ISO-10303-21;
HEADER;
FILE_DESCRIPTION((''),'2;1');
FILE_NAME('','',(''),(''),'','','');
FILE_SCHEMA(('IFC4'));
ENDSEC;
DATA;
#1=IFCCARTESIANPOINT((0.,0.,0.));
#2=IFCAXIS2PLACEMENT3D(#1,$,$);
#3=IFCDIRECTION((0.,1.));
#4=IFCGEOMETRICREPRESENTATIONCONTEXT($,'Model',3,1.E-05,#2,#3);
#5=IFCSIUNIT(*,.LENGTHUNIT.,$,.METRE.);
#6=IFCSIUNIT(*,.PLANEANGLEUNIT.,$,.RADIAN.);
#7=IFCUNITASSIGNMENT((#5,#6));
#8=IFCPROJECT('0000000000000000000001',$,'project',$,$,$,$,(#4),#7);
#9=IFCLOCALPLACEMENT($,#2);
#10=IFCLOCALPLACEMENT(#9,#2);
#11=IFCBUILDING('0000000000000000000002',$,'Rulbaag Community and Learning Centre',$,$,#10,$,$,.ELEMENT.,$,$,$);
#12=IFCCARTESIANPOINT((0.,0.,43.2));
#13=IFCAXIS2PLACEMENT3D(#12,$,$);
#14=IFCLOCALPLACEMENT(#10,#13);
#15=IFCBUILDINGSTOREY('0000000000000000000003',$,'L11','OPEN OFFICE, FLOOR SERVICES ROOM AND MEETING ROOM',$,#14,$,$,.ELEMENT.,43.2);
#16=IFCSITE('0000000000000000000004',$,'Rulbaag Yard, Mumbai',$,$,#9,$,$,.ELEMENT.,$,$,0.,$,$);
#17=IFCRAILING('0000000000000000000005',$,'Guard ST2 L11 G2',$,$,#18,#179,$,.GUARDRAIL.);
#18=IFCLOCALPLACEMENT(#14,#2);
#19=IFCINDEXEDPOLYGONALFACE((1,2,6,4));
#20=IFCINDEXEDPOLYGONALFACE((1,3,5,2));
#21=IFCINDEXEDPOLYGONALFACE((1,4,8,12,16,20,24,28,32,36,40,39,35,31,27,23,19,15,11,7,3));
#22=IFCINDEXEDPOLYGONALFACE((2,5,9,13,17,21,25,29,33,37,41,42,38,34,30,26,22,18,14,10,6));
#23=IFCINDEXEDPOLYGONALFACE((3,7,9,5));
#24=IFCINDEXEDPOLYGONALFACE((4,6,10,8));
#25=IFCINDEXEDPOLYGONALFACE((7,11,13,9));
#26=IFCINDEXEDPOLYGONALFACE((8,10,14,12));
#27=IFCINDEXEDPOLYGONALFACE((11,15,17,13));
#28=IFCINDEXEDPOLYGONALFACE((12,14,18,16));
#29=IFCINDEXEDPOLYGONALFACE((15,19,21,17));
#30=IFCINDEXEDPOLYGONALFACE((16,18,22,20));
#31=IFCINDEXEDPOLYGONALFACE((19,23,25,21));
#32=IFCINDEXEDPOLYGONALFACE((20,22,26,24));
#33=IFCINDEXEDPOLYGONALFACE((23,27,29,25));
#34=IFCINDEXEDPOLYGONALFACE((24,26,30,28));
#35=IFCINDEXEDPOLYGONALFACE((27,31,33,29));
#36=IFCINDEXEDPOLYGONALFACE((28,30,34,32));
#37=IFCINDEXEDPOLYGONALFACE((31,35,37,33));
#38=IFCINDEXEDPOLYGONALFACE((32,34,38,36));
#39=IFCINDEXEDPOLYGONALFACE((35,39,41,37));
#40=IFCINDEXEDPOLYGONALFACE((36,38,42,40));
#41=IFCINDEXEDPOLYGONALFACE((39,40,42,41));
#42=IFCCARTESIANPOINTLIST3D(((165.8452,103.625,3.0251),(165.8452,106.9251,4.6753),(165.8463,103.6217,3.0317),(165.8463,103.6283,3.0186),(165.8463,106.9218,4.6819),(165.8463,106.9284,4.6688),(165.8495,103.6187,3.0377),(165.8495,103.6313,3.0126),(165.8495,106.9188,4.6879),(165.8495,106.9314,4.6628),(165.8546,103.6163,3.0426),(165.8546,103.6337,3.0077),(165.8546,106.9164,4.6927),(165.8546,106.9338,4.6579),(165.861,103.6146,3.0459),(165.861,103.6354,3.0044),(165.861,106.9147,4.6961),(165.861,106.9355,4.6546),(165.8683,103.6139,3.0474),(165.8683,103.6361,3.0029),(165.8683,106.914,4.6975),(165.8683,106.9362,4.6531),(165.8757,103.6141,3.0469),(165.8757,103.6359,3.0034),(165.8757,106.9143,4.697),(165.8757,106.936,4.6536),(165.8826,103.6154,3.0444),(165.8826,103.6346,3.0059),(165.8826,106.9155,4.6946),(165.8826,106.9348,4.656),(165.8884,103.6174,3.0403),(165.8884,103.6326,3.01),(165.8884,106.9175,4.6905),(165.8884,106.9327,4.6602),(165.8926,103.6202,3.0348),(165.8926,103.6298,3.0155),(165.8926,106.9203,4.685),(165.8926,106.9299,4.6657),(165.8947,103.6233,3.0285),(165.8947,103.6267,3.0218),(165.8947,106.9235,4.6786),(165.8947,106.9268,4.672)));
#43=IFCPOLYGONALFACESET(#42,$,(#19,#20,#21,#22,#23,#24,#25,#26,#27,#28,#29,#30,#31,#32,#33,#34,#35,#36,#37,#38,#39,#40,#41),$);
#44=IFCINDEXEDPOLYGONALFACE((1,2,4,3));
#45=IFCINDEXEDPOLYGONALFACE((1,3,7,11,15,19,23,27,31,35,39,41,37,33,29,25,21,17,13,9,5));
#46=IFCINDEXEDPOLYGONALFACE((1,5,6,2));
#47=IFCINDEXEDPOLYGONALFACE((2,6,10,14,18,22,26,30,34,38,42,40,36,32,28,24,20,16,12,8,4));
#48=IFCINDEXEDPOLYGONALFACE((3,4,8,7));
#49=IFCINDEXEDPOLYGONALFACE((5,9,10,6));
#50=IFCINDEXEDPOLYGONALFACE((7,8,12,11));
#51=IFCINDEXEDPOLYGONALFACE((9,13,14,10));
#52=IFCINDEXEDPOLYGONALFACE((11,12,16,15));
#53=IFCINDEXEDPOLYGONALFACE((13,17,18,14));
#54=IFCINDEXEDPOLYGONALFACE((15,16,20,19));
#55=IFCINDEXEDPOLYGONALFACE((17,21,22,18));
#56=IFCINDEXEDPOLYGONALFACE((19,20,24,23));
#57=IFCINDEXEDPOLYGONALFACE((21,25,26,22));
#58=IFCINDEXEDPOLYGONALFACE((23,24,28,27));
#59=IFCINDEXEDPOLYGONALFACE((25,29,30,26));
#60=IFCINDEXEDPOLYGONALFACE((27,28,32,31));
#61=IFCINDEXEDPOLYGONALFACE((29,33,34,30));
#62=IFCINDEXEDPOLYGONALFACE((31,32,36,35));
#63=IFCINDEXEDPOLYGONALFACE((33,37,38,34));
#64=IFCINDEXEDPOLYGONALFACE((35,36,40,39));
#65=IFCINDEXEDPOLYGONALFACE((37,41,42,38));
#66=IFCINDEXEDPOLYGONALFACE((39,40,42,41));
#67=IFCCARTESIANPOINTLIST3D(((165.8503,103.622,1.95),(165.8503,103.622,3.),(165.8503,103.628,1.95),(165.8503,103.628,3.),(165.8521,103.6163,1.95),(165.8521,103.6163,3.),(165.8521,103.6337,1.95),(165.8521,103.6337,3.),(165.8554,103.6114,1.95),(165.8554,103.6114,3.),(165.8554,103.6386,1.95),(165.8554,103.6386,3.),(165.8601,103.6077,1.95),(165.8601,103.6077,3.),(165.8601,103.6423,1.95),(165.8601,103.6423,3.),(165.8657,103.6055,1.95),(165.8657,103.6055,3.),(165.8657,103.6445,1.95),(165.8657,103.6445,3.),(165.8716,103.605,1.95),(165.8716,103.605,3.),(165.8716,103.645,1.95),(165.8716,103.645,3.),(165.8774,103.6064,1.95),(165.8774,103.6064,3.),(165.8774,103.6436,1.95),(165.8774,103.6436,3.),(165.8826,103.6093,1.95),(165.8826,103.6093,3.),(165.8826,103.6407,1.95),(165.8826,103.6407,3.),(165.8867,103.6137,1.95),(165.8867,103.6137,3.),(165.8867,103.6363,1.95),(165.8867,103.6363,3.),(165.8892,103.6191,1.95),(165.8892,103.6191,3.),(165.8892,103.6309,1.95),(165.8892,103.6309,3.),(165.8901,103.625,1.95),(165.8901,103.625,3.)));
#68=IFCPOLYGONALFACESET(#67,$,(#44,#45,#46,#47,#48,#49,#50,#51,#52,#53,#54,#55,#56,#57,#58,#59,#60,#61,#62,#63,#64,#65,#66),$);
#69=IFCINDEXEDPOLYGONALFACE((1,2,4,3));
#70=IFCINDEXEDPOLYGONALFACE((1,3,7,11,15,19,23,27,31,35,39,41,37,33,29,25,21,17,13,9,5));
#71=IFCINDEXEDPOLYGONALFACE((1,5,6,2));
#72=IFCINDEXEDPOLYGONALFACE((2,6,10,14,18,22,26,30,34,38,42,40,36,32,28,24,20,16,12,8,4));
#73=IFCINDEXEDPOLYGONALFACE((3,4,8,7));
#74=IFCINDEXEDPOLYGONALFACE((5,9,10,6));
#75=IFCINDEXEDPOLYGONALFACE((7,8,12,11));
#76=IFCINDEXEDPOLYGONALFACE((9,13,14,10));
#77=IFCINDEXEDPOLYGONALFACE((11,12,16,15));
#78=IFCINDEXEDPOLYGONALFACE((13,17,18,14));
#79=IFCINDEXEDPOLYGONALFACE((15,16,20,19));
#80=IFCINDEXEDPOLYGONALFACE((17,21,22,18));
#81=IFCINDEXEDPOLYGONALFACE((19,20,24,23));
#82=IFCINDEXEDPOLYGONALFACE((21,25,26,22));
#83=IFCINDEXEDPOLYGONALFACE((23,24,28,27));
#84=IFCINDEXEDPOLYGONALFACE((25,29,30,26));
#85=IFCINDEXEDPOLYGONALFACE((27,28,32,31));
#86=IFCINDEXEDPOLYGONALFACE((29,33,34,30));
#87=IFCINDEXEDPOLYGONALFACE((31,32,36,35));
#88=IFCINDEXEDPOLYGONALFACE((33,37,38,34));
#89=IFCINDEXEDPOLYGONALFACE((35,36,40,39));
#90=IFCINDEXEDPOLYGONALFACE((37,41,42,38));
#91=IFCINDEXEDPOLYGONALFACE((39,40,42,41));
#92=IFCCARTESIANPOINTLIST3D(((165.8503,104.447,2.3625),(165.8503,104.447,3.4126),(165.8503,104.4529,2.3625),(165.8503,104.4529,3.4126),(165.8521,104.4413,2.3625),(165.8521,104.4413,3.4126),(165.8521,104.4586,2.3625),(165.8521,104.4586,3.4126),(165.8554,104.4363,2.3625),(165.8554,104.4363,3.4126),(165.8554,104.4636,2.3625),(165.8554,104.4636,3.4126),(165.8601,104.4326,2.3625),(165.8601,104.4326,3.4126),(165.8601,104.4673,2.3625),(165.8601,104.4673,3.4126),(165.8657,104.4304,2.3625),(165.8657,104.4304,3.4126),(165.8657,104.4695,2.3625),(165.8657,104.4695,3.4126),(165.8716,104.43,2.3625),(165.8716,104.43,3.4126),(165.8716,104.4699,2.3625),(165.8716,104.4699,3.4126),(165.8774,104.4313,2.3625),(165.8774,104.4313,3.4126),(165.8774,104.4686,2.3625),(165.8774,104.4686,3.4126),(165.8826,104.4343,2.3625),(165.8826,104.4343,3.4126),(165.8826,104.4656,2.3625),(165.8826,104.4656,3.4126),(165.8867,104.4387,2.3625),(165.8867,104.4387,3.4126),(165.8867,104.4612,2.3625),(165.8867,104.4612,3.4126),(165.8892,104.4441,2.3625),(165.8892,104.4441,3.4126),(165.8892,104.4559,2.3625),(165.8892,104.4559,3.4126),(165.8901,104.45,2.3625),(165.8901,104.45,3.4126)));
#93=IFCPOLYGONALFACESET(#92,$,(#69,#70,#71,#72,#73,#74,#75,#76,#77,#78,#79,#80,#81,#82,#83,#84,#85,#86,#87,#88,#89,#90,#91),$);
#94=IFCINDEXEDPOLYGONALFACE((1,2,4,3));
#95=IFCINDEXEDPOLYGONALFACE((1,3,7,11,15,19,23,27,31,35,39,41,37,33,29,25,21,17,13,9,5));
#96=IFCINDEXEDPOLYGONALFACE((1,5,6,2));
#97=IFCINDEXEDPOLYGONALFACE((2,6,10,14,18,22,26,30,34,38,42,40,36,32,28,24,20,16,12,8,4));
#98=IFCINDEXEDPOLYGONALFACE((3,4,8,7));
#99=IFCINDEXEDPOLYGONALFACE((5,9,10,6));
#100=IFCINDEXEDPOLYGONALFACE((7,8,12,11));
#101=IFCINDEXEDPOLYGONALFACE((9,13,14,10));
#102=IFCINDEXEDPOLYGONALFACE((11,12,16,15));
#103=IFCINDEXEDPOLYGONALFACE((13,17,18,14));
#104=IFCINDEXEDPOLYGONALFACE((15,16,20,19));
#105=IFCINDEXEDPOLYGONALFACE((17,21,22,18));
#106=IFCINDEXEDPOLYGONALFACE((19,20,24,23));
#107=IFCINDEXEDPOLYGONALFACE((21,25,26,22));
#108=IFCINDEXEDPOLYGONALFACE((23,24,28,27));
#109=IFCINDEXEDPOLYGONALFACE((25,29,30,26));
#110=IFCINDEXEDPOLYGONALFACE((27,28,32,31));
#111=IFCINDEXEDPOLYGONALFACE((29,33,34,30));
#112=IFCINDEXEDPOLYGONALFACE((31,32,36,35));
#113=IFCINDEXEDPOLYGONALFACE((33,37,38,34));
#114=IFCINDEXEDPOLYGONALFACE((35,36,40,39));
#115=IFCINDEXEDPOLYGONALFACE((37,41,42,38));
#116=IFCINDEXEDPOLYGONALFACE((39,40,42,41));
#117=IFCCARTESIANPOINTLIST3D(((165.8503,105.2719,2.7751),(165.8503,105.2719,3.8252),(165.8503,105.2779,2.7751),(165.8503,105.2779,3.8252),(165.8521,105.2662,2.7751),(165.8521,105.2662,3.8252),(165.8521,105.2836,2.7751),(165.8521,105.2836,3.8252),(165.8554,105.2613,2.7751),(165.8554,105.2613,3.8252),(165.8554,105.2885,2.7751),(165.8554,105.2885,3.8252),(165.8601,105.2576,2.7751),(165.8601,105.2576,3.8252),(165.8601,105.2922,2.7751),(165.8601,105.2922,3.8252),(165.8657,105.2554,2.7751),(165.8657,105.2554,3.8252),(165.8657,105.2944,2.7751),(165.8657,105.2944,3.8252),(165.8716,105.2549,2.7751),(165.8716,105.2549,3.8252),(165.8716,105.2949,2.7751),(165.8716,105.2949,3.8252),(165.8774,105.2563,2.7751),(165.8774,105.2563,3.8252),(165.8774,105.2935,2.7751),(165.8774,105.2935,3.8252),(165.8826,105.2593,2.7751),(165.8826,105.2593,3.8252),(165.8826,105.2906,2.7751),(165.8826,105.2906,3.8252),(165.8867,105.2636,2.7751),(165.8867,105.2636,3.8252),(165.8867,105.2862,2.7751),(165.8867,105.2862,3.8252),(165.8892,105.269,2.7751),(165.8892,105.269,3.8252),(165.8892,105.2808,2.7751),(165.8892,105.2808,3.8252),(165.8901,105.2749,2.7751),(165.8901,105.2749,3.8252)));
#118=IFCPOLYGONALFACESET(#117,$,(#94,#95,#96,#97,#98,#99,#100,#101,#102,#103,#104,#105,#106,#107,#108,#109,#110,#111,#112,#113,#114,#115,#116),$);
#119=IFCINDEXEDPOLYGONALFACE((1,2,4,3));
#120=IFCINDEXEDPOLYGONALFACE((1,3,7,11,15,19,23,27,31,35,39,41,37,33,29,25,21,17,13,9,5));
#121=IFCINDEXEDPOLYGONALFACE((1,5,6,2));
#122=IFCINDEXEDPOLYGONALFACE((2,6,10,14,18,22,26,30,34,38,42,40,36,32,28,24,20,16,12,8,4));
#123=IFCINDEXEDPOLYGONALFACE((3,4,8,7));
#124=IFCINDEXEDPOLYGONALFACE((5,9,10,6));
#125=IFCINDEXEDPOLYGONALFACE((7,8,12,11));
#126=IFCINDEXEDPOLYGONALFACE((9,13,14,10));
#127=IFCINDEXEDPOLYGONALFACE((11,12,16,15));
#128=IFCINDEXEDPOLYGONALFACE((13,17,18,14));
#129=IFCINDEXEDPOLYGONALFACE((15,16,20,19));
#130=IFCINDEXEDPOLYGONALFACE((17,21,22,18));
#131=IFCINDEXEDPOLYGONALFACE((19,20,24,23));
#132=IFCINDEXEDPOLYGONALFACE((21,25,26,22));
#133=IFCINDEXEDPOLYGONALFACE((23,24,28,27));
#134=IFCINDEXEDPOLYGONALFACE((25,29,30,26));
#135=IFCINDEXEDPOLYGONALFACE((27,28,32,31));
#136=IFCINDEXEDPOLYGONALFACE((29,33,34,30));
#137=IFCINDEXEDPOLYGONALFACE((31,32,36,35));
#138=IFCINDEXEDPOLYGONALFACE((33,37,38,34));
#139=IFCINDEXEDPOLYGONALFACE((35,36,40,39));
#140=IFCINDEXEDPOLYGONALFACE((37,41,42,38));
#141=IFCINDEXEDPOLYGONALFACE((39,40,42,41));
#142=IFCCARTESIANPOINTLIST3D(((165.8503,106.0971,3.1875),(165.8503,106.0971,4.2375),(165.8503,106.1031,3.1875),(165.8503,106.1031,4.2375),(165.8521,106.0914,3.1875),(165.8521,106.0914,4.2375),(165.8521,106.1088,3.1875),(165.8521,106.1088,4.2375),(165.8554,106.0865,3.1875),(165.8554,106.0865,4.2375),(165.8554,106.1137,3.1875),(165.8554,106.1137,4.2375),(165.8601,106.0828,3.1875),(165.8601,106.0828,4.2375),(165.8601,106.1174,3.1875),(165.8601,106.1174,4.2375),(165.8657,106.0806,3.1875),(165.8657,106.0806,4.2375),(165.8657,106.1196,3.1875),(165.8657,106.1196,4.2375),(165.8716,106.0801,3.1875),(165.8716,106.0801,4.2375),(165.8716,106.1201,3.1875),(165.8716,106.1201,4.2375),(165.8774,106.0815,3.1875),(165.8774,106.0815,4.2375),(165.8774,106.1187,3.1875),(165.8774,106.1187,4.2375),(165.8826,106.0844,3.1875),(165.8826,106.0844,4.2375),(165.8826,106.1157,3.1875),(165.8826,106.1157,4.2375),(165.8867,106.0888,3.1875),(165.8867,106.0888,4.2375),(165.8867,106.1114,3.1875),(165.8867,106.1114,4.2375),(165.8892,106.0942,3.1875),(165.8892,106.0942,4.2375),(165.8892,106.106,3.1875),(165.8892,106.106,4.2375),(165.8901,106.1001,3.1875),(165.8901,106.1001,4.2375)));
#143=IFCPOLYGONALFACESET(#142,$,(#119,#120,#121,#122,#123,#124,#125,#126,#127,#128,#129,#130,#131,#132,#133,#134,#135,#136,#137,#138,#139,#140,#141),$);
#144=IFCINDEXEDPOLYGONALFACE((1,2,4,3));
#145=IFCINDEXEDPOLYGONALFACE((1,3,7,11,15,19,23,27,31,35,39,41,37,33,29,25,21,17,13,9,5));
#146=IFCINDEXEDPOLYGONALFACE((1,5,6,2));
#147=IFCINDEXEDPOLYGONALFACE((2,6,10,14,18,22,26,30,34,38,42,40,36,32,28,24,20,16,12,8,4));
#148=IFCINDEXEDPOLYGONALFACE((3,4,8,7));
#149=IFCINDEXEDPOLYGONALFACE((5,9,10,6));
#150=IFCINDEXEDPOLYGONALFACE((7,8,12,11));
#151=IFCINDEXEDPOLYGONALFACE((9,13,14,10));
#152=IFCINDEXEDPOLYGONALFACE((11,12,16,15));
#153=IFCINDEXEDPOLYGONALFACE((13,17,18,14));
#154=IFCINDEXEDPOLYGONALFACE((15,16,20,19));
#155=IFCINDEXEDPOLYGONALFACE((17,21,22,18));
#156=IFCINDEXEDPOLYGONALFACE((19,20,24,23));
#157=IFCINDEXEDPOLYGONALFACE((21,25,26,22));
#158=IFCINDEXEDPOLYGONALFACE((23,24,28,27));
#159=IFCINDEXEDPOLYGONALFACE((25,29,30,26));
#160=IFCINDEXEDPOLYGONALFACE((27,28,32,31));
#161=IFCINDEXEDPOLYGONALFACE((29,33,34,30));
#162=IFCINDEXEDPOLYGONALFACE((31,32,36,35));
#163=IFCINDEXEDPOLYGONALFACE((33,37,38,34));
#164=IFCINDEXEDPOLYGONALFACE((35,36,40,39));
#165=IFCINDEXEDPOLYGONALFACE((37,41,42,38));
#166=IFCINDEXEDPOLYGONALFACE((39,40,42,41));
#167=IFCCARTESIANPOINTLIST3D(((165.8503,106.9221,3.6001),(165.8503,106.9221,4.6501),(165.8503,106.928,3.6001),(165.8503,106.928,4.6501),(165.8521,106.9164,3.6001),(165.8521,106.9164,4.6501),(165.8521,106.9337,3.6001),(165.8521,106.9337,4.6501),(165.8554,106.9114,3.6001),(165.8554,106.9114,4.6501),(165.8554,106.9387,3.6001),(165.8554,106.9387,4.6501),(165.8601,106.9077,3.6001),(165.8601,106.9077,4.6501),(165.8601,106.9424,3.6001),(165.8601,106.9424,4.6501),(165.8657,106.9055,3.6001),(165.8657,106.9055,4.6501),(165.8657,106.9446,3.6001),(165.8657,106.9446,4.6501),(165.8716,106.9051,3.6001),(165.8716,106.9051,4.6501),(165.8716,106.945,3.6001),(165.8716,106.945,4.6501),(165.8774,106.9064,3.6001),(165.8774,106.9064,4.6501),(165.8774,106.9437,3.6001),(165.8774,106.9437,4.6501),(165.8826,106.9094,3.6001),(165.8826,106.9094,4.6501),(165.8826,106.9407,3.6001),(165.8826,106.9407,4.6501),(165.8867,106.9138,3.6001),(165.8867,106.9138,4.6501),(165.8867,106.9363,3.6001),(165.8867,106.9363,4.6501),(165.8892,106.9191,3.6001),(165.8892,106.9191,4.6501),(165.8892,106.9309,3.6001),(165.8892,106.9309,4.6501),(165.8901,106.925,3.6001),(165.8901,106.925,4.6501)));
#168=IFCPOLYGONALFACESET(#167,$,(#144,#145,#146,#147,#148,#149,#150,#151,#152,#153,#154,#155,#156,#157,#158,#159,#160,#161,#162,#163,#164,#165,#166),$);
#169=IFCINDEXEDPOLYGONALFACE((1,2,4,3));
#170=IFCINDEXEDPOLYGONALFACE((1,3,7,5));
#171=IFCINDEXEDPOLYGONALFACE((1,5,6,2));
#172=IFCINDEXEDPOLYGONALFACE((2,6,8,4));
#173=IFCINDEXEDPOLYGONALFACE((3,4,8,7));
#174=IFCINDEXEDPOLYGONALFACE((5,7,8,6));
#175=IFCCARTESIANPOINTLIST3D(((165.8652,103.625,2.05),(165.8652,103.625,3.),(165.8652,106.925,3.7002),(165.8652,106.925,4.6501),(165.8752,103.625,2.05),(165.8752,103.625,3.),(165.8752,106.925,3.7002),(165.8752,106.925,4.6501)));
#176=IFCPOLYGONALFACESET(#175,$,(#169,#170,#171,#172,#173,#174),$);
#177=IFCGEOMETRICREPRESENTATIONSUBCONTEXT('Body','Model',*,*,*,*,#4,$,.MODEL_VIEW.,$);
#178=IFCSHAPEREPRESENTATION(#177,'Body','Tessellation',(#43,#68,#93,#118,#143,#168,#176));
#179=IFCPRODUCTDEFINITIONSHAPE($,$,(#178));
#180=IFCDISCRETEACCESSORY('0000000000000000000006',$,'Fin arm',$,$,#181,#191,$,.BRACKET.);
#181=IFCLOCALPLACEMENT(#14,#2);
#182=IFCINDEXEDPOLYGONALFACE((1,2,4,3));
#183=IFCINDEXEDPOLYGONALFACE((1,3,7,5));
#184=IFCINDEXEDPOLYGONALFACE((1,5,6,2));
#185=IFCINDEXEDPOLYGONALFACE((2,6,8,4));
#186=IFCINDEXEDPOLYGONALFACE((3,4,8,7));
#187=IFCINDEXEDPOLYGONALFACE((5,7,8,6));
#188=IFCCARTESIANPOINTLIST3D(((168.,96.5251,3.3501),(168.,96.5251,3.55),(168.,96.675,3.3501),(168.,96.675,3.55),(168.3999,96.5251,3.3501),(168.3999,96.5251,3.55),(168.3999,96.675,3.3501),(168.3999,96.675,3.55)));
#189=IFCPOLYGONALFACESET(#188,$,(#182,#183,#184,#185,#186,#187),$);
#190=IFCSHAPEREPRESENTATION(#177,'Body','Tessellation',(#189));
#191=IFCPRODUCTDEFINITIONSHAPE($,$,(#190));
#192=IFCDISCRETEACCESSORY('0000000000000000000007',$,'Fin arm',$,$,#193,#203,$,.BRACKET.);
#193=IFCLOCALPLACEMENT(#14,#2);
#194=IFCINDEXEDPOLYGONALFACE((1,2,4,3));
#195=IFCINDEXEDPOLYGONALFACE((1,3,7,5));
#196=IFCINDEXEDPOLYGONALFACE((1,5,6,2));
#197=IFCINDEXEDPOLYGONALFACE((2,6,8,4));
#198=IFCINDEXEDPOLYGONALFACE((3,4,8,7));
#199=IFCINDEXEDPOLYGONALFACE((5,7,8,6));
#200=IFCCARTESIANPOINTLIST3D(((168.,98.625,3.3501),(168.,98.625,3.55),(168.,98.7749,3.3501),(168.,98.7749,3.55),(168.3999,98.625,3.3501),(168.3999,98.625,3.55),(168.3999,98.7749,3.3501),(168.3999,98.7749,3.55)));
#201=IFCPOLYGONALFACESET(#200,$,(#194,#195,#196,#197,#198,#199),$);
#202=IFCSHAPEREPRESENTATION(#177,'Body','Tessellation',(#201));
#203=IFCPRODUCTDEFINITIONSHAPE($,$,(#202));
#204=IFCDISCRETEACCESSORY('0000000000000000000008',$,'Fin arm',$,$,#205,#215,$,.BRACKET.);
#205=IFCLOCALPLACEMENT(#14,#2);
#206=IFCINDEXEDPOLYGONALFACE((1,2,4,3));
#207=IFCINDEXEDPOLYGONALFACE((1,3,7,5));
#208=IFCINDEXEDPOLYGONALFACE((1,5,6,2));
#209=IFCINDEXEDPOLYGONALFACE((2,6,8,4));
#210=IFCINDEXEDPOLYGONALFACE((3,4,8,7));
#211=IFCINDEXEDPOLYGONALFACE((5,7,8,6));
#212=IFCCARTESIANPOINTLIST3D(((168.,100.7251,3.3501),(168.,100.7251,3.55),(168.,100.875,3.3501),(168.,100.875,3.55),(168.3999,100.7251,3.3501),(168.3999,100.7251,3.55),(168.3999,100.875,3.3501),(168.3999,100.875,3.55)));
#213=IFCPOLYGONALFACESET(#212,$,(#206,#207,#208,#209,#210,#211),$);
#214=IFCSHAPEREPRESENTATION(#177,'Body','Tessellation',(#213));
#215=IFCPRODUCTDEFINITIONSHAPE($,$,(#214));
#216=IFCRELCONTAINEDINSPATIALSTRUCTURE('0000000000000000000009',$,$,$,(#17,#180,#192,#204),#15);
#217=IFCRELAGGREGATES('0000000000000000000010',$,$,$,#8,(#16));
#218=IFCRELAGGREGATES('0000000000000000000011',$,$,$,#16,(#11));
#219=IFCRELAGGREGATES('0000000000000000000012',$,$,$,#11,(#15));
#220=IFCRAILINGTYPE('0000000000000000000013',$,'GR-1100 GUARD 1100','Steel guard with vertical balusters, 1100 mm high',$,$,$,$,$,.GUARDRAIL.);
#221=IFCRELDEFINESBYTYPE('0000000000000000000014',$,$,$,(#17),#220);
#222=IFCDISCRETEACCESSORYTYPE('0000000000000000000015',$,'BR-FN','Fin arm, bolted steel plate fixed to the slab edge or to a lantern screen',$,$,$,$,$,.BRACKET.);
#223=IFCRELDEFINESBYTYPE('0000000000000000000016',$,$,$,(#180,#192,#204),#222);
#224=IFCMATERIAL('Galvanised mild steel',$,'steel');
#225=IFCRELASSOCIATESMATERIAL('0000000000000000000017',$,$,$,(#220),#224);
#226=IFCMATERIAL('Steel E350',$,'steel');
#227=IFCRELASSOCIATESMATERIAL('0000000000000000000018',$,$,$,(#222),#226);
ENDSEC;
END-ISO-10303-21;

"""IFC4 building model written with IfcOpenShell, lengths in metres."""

from ifc_helpers import new_model, si_unit, direction, frame, origin, origin_2d, place, context, subcontext, project, spatial, polyline, rectangle, circle, outline, extrude, material, type_object, element, save


model = new_model("IFC4")

# Units and contexts
model_context = context("Model", 3, precision=1e-05, world=origin(), true_north=direction((0.0, 1.0)))
body_context = subcontext(model_context, "Body", "Model", "MODEL_VIEW")
ifc_project = project(units=[si_unit("LENGTHUNIT", "METRE"), si_unit("PLANEANGLEUNIT", "RADIAN")], contexts=[model_context])

# Site, building, storey
site_placement = place(None, origin())
site = spatial("IfcSite", under=ifc_project, at=site_placement, Name="Rulbaag Yard, Mumbai", CompositionType="ELEMENT", RefElevation=0.0)
building_placement = place(site_placement, origin())
building = spatial("IfcBuilding", under=site, at=building_placement, Name="Rulbaag Community and Learning Centre", CompositionType="ELEMENT")
storey_placement = place(building_placement, frame((0.0, 0.0, 43.2)))
storey = spatial("IfcBuildingStorey", under=building, at=storey_placement, Name="L11", Description="OPEN OFFICE, FLOOR SERVICES ROOM AND MEETING ROOM", CompositionType="ELEMENT", Elevation=43.2)

# Railing
ifc_material_1 = material(Name="Galvanised mild steel", Category="steel")
railing_type_1 = type_object("IfcRailingType", Name="GR-1100 GUARD 1100", Description="Steel guard with vertical balusters, 1100 mm high", PredefinedType="GUARDRAIL", material=ifc_material_1)
railing_1_placement = place(storey_placement, frame((165.8701, 103.625, 1.95)))
element("IfcRailing", 1, at=railing_1_placement, inside=storey, type_object=railing_type_1, Name="Guard ST2 L11 G2", PredefinedType="GUARDRAIL", context=body_context, shape_type="SweptSolid", body=[
    extrude(circle(Radius=0.0249, at=origin_2d()), frame((0.0, 0.0, 1.0752), z_axis=(0.0, 0.894414, 0.44724), x_axis=(-1.0, 0.0, 0.0)), (0.0, 0.0, 1.0), 3.6897),
    extrude(circle(Radius=0.02, at=origin_2d()), origin(), (0.0, 0.0, 1.0), 1.05),
    extrude(circle(Radius=0.02, at=origin_2d()), frame((0.0, 0.825, 0.4126)), (0.0, 0.0, 1.0), 1.05),
    extrude(circle(Radius=0.02, at=origin_2d()), frame((0.0, 1.6499, 0.8252)), (0.0, 0.0, 1.0), 1.05),
    extrude(circle(Radius=0.02, at=origin_2d()), frame((0.0, 2.4751, 1.2375)), (0.0, 0.0, 1.0), 1.05),
    extrude(circle(Radius=0.02, at=origin_2d()), frame((0.0, 3.3, 1.6501)), (0.0, 0.0, 1.0), 1.05),
    extrude(outline(polyline([(0.0, 0.0), (3.3, 1.6501), (3.3, 2.6001), (0.0, 0.95), (0.0, 0.0)])), frame((-0.0049, 0.0, 0.1001), z_axis=(1.0, 0.0, 0.0), x_axis=(0.0, 1.0, 0.0)), (0.0, 0.0, 1.0), 0.01),
])

# Discrete accessories
ifc_material_2 = material(Name="Steel E350", Category="steel")
discrete_accessory_type = type_object("IfcDiscreteAccessoryType", Name="BR-FN", Description="Fin arm, bolted steel plate fixed to the slab edge or to a lantern screen", PredefinedType="BRACKET", material=ifc_material_2)
for number, where, z_axis, x_axis, name in (
    (2, (168.2, 96.6001, 3.3501), (0.0, 0.0, 1.0), (1.0, 0.0, 0.0), "Fin arm"),
    (3, (168.2, 98.7, 3.3501), (0.0, 0.0, 1.0), (1.0, 0.0, 0.0), "Fin arm"),
    (4, (168.2, 100.8, 3.3501), (0.0, 0.0, 1.0), (1.0, 0.0, 0.0), "Fin arm"),
):
    element("IfcDiscreteAccessory", number, at=place(storey_placement, frame(where, z_axis=z_axis, x_axis=x_axis)), inside=storey, type_object=discrete_accessory_type, Name=name, PredefinedType="BRACKET", context=body_context, shape_type="SweptSolid", body=[
        extrude(rectangle(XDim=0.3999, YDim=0.1499, at=origin_2d()), origin(), (0.0, 0.0, 1.0), 0.2),
    ])

save(model, "model.ifc")
